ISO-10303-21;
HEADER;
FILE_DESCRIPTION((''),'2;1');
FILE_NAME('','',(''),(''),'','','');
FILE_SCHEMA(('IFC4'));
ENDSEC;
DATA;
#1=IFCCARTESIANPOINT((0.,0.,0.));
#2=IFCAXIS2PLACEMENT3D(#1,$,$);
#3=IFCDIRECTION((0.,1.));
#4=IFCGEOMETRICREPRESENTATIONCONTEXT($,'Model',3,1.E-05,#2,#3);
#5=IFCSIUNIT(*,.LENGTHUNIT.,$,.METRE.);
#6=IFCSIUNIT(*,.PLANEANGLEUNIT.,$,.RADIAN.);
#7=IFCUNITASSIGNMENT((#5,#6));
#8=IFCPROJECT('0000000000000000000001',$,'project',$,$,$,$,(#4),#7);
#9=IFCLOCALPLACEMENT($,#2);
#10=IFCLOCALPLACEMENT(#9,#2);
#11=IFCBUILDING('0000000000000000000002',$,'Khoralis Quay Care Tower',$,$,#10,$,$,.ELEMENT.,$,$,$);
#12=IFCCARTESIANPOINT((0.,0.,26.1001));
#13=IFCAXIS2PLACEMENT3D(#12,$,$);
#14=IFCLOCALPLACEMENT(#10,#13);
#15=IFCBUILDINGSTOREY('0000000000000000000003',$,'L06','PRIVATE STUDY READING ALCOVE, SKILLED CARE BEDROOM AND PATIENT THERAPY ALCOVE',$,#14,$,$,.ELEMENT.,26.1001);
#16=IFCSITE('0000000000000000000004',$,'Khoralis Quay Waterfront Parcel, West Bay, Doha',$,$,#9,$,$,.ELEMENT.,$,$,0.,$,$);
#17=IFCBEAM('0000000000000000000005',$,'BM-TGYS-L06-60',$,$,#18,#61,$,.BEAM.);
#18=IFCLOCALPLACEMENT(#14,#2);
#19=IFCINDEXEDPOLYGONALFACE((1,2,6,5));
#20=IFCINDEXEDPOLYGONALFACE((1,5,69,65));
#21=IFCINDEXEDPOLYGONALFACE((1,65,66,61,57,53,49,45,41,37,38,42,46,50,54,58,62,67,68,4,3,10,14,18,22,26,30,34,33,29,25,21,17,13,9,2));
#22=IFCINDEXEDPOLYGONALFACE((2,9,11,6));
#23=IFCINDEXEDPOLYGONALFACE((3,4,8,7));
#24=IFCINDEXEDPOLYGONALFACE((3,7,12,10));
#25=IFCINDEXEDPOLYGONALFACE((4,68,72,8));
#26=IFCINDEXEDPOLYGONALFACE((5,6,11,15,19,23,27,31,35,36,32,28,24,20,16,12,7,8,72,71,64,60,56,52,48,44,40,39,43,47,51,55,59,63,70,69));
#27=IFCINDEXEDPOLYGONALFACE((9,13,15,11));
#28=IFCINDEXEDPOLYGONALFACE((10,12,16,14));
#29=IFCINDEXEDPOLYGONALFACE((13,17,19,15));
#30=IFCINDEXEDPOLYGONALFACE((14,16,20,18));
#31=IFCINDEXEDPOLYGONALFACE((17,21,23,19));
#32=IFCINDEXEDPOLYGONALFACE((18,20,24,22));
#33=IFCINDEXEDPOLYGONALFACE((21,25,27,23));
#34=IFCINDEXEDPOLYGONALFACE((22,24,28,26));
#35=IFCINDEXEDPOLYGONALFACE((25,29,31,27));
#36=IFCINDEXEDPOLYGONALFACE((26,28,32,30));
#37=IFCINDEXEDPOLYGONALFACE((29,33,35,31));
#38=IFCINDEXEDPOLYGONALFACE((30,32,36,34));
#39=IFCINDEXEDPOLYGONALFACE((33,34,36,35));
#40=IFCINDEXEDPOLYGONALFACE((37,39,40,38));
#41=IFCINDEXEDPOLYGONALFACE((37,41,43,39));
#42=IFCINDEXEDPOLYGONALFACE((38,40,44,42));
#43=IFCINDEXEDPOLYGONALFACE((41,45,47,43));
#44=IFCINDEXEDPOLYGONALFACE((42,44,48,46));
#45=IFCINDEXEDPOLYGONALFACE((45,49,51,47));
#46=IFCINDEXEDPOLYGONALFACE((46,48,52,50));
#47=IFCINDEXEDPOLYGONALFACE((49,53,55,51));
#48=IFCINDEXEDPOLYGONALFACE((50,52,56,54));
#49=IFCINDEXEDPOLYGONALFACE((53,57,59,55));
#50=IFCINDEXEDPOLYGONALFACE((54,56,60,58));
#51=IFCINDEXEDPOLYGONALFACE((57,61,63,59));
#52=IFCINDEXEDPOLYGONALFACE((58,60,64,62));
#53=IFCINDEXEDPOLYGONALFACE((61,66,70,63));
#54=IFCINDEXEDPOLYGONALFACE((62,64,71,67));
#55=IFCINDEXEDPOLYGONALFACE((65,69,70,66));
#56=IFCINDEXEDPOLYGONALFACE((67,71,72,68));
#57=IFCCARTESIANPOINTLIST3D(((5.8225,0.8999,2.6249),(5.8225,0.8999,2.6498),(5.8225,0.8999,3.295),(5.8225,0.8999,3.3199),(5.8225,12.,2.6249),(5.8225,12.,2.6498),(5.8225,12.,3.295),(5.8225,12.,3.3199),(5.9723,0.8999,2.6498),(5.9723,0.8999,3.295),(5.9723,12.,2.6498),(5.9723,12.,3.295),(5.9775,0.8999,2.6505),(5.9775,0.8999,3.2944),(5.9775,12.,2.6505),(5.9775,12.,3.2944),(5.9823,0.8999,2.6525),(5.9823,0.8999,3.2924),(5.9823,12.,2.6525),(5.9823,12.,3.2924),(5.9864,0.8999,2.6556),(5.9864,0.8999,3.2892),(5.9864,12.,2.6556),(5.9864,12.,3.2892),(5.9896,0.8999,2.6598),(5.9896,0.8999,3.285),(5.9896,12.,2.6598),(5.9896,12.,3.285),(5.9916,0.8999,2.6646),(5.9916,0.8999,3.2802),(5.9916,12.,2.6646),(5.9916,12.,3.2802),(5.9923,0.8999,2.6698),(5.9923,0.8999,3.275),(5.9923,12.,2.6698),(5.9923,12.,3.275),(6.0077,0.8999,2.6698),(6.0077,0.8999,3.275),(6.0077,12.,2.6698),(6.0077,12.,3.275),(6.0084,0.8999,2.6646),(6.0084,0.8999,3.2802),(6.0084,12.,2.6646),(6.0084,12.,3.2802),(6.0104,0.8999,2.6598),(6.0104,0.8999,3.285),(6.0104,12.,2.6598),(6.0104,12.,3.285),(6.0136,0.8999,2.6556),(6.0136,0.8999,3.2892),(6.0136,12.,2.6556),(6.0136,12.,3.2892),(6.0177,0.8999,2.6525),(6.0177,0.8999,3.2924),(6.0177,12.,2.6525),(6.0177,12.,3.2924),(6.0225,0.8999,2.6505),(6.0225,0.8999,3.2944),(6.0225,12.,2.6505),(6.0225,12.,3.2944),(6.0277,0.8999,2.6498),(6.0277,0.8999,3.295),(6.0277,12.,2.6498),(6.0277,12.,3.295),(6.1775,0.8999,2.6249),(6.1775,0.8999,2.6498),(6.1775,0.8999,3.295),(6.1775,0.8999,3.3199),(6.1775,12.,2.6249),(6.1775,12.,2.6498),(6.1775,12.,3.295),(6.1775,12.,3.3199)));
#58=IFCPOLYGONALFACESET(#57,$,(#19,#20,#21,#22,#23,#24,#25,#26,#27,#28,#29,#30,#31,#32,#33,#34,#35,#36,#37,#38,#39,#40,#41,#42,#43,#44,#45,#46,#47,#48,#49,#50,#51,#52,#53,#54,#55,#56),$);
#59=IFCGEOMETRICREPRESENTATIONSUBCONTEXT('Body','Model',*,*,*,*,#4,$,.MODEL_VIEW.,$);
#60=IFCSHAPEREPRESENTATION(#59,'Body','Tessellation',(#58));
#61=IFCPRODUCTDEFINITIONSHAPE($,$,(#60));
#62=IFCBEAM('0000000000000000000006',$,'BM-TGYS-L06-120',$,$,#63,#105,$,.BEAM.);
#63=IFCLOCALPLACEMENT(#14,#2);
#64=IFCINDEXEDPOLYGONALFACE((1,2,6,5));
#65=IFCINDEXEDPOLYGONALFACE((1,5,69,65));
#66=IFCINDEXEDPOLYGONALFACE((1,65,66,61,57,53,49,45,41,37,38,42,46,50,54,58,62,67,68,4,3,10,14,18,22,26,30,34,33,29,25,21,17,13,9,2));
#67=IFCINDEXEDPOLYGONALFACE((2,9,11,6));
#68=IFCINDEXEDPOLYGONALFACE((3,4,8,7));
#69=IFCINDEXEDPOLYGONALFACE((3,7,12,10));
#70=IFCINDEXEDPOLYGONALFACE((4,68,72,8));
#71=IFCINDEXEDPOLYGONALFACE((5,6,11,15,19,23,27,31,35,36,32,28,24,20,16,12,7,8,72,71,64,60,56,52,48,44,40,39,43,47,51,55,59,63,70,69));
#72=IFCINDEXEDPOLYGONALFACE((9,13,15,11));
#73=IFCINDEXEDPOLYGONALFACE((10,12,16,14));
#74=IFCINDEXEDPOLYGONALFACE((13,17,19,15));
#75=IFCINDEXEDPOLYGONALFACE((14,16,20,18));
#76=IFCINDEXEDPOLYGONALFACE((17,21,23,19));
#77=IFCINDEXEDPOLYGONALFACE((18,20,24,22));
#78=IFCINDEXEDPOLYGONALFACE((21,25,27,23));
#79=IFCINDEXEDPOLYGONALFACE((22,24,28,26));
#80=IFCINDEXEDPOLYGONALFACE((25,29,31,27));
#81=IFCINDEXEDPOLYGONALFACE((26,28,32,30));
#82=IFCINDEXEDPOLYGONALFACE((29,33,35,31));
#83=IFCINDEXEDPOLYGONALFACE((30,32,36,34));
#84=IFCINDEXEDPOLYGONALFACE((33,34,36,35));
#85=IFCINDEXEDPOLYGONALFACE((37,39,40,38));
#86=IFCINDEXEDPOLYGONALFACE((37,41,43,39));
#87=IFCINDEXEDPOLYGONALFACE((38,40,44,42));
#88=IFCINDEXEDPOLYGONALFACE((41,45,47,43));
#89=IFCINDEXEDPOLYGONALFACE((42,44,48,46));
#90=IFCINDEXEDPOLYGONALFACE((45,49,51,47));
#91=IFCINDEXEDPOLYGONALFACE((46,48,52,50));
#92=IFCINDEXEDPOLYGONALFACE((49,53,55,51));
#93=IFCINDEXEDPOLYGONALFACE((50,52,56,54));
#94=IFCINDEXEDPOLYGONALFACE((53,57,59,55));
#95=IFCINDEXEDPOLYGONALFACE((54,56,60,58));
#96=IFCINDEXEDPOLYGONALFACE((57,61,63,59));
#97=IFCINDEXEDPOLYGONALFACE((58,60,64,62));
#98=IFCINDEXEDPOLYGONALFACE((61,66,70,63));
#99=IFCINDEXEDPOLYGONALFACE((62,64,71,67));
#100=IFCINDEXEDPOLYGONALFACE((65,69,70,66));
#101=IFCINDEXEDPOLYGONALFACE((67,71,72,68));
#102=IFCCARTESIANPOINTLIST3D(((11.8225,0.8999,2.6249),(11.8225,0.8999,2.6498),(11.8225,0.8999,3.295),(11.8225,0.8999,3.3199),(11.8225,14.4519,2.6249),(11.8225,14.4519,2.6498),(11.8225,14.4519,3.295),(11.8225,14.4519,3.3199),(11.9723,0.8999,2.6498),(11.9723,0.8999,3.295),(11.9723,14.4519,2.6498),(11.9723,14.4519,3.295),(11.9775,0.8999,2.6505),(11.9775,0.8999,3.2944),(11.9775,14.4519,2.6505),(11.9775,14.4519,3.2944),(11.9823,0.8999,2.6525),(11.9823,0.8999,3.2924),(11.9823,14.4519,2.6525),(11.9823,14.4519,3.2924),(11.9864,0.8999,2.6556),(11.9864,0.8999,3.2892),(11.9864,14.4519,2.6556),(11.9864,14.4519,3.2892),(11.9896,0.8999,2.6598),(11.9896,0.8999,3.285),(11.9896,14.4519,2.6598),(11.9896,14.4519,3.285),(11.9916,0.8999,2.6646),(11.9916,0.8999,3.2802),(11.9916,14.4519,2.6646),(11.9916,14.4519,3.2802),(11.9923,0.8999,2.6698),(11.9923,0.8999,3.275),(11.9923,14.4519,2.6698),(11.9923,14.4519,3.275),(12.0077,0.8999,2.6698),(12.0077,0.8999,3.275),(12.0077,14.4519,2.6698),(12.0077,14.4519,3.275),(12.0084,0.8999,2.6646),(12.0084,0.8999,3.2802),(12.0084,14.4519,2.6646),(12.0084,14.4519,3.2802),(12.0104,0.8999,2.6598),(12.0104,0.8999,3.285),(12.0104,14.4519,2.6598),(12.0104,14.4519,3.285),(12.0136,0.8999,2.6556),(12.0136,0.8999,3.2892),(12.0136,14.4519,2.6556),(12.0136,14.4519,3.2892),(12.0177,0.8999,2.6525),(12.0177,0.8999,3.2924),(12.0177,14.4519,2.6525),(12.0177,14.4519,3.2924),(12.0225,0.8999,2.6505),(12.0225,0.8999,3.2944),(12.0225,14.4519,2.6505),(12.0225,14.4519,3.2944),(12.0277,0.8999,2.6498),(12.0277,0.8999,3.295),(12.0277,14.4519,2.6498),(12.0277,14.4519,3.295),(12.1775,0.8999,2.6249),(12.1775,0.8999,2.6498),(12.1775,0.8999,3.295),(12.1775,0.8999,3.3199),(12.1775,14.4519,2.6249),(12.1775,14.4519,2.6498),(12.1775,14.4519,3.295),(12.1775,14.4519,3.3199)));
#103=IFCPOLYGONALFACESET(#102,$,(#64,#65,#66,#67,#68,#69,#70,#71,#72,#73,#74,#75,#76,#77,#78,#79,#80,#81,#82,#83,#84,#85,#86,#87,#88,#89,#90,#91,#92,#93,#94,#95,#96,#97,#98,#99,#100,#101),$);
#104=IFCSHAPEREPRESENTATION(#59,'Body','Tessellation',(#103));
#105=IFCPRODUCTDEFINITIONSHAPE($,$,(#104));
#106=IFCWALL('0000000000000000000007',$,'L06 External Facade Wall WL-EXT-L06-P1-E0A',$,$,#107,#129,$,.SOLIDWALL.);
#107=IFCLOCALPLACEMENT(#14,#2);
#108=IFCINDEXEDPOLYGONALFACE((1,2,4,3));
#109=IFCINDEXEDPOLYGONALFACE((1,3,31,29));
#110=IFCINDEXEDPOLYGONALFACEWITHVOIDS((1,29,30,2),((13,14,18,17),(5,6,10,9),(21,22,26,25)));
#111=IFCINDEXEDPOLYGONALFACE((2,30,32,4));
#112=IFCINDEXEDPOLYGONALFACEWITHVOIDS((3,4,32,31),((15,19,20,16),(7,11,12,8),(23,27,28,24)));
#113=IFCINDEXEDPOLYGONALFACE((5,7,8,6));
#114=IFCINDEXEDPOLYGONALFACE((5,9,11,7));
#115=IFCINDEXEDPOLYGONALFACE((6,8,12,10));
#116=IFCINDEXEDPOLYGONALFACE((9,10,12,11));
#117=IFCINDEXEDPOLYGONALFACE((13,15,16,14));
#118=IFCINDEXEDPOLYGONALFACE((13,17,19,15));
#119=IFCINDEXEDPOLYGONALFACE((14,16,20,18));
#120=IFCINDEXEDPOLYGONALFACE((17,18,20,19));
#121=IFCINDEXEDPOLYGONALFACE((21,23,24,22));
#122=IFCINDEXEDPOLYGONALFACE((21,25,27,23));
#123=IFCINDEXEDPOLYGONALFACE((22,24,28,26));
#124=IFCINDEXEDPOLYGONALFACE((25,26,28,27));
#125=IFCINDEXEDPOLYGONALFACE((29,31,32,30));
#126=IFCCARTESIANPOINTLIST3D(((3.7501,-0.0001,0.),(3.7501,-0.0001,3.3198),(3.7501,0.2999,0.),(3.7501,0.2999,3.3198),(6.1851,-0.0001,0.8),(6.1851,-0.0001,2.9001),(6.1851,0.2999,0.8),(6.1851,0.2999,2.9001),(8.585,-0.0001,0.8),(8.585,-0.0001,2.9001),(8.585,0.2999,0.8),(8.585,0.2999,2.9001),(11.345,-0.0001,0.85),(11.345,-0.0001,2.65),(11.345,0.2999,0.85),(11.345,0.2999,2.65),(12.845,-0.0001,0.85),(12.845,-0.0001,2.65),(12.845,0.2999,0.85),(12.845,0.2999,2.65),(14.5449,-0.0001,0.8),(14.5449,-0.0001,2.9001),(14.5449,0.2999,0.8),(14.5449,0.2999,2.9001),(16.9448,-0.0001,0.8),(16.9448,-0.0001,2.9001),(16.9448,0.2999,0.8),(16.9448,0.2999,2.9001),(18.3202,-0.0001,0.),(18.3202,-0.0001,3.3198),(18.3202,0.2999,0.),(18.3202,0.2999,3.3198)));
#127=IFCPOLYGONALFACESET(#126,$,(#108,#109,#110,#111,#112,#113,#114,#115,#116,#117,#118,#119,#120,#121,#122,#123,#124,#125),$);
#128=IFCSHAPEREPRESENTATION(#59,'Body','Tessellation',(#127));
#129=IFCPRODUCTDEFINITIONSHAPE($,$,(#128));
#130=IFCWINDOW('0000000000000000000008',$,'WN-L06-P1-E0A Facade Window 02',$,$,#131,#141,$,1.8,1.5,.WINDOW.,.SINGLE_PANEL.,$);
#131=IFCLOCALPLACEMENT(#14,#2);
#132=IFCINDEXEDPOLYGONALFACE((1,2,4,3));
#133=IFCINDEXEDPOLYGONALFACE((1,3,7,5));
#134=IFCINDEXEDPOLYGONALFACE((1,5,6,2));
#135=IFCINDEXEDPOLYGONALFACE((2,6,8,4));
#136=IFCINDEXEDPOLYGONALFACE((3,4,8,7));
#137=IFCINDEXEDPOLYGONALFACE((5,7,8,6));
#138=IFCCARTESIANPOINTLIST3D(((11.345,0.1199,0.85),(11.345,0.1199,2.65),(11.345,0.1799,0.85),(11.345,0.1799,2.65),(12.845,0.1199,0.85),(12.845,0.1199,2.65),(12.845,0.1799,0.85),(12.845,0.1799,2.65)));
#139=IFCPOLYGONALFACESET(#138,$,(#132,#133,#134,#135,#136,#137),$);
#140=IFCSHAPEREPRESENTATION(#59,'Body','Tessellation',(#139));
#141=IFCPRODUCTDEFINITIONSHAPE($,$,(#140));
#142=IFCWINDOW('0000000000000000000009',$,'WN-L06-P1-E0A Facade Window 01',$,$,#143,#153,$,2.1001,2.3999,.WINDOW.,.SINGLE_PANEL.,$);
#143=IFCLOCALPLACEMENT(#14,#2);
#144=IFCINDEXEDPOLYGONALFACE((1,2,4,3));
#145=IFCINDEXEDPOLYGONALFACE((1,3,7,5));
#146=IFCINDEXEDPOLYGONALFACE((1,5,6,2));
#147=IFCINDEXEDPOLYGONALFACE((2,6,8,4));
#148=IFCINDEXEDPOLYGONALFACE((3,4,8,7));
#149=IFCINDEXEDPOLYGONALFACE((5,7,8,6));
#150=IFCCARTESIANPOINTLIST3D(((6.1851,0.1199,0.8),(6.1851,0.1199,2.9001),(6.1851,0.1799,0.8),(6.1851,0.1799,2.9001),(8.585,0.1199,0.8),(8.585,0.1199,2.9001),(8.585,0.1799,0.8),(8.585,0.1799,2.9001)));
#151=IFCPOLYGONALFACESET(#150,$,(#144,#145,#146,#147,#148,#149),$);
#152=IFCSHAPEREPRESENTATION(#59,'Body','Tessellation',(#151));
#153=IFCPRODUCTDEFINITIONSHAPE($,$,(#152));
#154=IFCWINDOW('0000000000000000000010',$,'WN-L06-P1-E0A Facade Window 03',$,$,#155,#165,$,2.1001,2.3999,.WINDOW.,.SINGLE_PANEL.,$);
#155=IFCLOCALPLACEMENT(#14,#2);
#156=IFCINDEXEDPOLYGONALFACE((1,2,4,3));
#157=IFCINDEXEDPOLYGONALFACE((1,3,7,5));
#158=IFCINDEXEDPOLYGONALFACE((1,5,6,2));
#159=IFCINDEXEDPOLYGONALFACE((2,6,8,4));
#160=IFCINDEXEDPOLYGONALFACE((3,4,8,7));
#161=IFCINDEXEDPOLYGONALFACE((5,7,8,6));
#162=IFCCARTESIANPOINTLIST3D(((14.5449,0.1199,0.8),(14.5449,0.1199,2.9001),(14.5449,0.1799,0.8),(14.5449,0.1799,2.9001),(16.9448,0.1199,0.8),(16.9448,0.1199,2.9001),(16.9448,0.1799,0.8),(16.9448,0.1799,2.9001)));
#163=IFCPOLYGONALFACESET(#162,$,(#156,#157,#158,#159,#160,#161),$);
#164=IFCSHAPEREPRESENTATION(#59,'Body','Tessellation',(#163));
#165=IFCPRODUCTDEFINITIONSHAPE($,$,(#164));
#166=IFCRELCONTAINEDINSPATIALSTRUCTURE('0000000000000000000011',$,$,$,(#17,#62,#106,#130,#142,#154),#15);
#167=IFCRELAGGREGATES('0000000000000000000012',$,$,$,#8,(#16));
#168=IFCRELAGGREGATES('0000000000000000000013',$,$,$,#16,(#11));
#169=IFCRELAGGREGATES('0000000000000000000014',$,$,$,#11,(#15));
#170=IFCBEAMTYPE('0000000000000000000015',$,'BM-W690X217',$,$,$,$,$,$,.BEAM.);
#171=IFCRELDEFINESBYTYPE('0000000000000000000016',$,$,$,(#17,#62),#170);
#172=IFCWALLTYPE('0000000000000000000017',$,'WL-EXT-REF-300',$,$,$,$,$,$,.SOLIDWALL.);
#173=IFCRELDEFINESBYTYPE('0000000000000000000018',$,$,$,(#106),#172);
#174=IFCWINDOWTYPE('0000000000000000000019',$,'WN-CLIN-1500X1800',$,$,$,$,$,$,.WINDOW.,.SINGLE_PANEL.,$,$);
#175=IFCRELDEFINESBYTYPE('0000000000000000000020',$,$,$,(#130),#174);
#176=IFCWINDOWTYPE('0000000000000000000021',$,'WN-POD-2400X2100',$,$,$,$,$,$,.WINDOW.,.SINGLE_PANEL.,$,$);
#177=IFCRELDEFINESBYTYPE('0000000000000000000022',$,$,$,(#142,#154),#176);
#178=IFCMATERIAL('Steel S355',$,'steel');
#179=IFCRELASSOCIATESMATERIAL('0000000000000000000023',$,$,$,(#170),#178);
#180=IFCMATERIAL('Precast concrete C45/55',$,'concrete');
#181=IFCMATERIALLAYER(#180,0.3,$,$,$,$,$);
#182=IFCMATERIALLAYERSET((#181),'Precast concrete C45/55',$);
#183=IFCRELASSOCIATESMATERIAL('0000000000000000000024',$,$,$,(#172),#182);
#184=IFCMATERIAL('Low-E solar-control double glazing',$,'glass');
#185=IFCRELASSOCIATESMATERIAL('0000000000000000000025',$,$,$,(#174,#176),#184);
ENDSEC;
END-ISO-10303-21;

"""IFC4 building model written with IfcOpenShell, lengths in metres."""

from ifc_helpers import new_model, si_unit, direction, frame, frame_2d, origin, origin_2d, place, context, subcontext, project, spatial, rectangle, i_section, extrude, source, transform, mapped, material, layer, layer_set, material_profile, profile_set, type_object, element, fill, save


model = new_model("IFC4")

# Units and contexts
model_context = context("Model", 3, precision=1e-05, world=origin(), true_north=direction((0.0, 1.0)))
body_context = subcontext(model_context, "Body", "Model", "MODEL_VIEW")
ifc_project = project(units=[si_unit("LENGTHUNIT", "METRE"), si_unit("PLANEANGLEUNIT", "RADIAN")], contexts=[model_context])

# Site, building, storey
site_placement = place(None, origin())
site = spatial("IfcSite", under=ifc_project, at=site_placement, Name="Khoralis Quay Waterfront Parcel, West Bay, Doha", CompositionType="ELEMENT", RefElevation=0.0)
building_placement = place(site_placement, origin())
building = spatial("IfcBuilding", under=site, at=building_placement, Name="Khoralis Quay Care Tower", CompositionType="ELEMENT")
storey_placement = place(building_placement, frame((0.0, 0.0, 26.1001)))
storey = spatial("IfcBuildingStorey", under=building, at=storey_placement, Name="L06", Description="PRIVATE STUDY READING ALCOVE, SKILLED CARE BEDROOM AND PATIENT THERAPY ALCOVE", CompositionType="ELEMENT", Elevation=26.1001)

# Beams
ifc_material_1 = material(Name="Steel S355", Category="steel")
ifc_material_profile_1 = material_profile(ifc_material_1, i_section(OverallWidth=0.355, OverallDepth=0.6951, WebThickness=0.0154, FlangeThickness=0.0249, FilletRadius=0.02, at=origin_2d()), Name="Steel S355")
ifc_profile_set_1 = profile_set([ifc_material_profile_1], Name="Steel S355")
beam_type_1 = type_object("IfcBeamType", Name="BM-W690X217", PredefinedType="BEAM", material=ifc_profile_set_1)
shared_shape_1 = source(origin(), body_context, "Body", "SweptSolid", [
    extrude(i_section(OverallWidth=0.355, OverallDepth=0.6951, WebThickness=0.0154, FlangeThickness=0.0249, FilletRadius=0.02, at=origin_2d()), origin(), (0.0, 0.0, 1.0), 11.1001),
])
beam_1_placement = place(storey_placement, frame((6.0, 0.8999, 2.9724), z_axis=(0.0, 1.0, 0.0), x_axis=(-1.0, 0.0, 0.0)))
element("IfcBeam", 1, at=beam_1_placement, inside=storey, type_object=beam_type_1, Name="BM-TGYS-L06-60", PredefinedType="BEAM", context=body_context, shape_type="MappedRepresentation", body=[
    mapped(shared_shape_1, transform((0.0, 0.0, 0.0), scale=1.0)),
])
shared_shape_2 = source(origin(), body_context, "Body", "SweptSolid", [
    extrude(i_section(OverallWidth=0.355, OverallDepth=0.6951, WebThickness=0.0154, FlangeThickness=0.0249, FilletRadius=0.02, at=origin_2d()), origin(), (0.0, 0.0, 1.0), 13.552),
])
beam_2_placement = place(storey_placement, frame((12.0, 0.8999, 2.9724), z_axis=(0.0, 1.0, 0.0), x_axis=(-1.0, 0.0, 0.0)))
element("IfcBeam", 2, at=beam_2_placement, inside=storey, type_object=beam_type_1, Name="BM-TGYS-L06-120", PredefinedType="BEAM", context=body_context, shape_type="MappedRepresentation", body=[
    mapped(shared_shape_2, transform((0.0, 0.0, 0.0), scale=1.0)),
])

# Wall, openings, windows
ifc_material_2 = material(Name="Precast concrete C45/55", Category="concrete")
ifc_layer_1 = layer(ifc_material_2, 0.3)
ifc_layer_set_1 = layer_set([ifc_layer_1], Name="Precast concrete C45/55")
wall_type_1 = type_object("IfcWallType", Name="WL-EXT-REF-300", PredefinedType="SOLIDWALL", material=ifc_layer_set_1)
wall_1_placement = place(storey_placement, frame((3.75, 0.1499, 0.0), z_axis=(0.0, 0.0, 1.0), x_axis=(1.0, 0.0, 0.0)))
wall_1 = element("IfcWall", 3, at=wall_1_placement, inside=storey, type_object=wall_type_1, Name="L06 External Facade Wall WL-EXT-L06-P1-E0A", PredefinedType="SOLIDWALL", context=body_context, shape_type="SweptSolid", body=[
    extrude(rectangle(XDim=14.5701, YDim=0.3, at=frame_2d((7.2852, 0.0))), origin(), (0.0, 0.0, 1.0), 3.3198),
])
opening_1_placement = place(wall_1_placement, frame((2.4351, 0.0, 0.8)))
opening_1 = element("IfcOpeningElement", 4, at=opening_1_placement, cuts=wall_1, PredefinedType="OPENING", context=body_context, shape_type="SweptSolid", body=[
    extrude(rectangle(XDim=2.3999, YDim=2.1001, at=frame_2d((1.2, 1.05))), frame((0.0, 0.1602, 0.0), z_axis=(0.0, -1.0, 0.0), x_axis=(1.0, 0.0, 0.0)), (0.0, 0.0, 1.0), 0.3201),
])
opening_2_placement = place(wall_1_placement, frame((7.595, 0.0, 0.8501)))
opening_2 = element("IfcOpeningElement", 5, at=opening_2_placement, cuts=wall_1, PredefinedType="OPENING", context=body_context, shape_type="SweptSolid", body=[
    extrude(rectangle(XDim=1.5, YDim=1.8, at=frame_2d((0.75, 0.8999))), frame((0.0, 0.1602, 0.0), z_axis=(0.0, -1.0, 0.0), x_axis=(1.0, 0.0, 0.0)), (0.0, 0.0, 1.0), 0.3201),
])
opening_3_placement = place(wall_1_placement, frame((10.7949, 0.0, 0.8)))
opening_3 = element("IfcOpeningElement", 6, at=opening_3_placement, cuts=wall_1, PredefinedType="OPENING", context=body_context, shape_type="SweptSolid", body=[
    extrude(rectangle(XDim=2.3999, YDim=2.1001, at=frame_2d((1.2, 1.05))), frame((0.0, 0.1602, 0.0), z_axis=(0.0, -1.0, 0.0), x_axis=(1.0, 0.0, 0.0)), (0.0, 0.0, 1.0), 0.3201),
])
ifc_material_3 = material(Name="Low-E solar-control double glazing", Category="glass")
window_type_1 = type_object("IfcWindowType", Name="WN-CLIN-1500X1800", PartitioningType="SINGLE_PANEL", PredefinedType="WINDOW", material=ifc_material_3)
shared_shape_3 = source(origin(), body_context, "Body", "SweptSolid", [
    extrude(rectangle(XDim=1.5, YDim=1.8, at=frame_2d((0.75, 0.8999))), frame((0.0, 0.03, 0.0), z_axis=(0.0, -1.0, 0.0), x_axis=(1.0, 0.0, 0.0)), (0.0, 0.0, 1.0), 0.0601),
])
window_1_placement = place(opening_2_placement, origin())
window_1 = element("IfcWindow", 7, at=window_1_placement, inside=storey, type_object=window_type_1, Name="WN-L06-P1-E0A Facade Window 02", OverallHeight=1.8, OverallWidth=1.5, PartitioningType="SINGLE_PANEL", PredefinedType="WINDOW", context=body_context, shape_type="MappedRepresentation", body=[
    mapped(shared_shape_3, transform((0.0, 0.0, 0.0), scale=1.0)),
])
fill(opening_2, window_1)
window_type_2 = type_object("IfcWindowType", Name="WN-POD-2400X2100", PartitioningType="SINGLE_PANEL", PredefinedType="WINDOW", material=ifc_material_3)
shared_shape_4 = source(origin(), body_context, "Body", "SweptSolid", [
    extrude(rectangle(XDim=2.3999, YDim=2.1001, at=frame_2d((1.2, 1.05))), frame((0.0, 0.03, 0.0), z_axis=(0.0, -1.0, 0.0), x_axis=(1.0, 0.0, 0.0)), (0.0, 0.0, 1.0), 0.0601),
])
window_2_placement = place(opening_1_placement, origin())
window_2 = element("IfcWindow", 8, at=window_2_placement, inside=storey, type_object=window_type_2, Name="WN-L06-P1-E0A Facade Window 01", OverallHeight=2.1001, OverallWidth=2.3999, PartitioningType="SINGLE_PANEL", PredefinedType="WINDOW", context=body_context, shape_type="MappedRepresentation", body=[
    mapped(shared_shape_4, transform((0.0, 0.0, 0.0), scale=1.0)),
])
fill(opening_1, window_2)
window_3_placement = place(opening_3_placement, origin())
window_3 = element("IfcWindow", 9, at=window_3_placement, inside=storey, type_object=window_type_2, Name="WN-L06-P1-E0A Facade Window 03", OverallHeight=2.1001, OverallWidth=2.3999, PartitioningType="SINGLE_PANEL", PredefinedType="WINDOW", context=body_context, shape_type="MappedRepresentation", body=[
    mapped(shared_shape_4, transform((0.0, 0.0, 0.0), scale=1.0)),
])
fill(opening_3, window_3)

save(model, "model.ifc")
